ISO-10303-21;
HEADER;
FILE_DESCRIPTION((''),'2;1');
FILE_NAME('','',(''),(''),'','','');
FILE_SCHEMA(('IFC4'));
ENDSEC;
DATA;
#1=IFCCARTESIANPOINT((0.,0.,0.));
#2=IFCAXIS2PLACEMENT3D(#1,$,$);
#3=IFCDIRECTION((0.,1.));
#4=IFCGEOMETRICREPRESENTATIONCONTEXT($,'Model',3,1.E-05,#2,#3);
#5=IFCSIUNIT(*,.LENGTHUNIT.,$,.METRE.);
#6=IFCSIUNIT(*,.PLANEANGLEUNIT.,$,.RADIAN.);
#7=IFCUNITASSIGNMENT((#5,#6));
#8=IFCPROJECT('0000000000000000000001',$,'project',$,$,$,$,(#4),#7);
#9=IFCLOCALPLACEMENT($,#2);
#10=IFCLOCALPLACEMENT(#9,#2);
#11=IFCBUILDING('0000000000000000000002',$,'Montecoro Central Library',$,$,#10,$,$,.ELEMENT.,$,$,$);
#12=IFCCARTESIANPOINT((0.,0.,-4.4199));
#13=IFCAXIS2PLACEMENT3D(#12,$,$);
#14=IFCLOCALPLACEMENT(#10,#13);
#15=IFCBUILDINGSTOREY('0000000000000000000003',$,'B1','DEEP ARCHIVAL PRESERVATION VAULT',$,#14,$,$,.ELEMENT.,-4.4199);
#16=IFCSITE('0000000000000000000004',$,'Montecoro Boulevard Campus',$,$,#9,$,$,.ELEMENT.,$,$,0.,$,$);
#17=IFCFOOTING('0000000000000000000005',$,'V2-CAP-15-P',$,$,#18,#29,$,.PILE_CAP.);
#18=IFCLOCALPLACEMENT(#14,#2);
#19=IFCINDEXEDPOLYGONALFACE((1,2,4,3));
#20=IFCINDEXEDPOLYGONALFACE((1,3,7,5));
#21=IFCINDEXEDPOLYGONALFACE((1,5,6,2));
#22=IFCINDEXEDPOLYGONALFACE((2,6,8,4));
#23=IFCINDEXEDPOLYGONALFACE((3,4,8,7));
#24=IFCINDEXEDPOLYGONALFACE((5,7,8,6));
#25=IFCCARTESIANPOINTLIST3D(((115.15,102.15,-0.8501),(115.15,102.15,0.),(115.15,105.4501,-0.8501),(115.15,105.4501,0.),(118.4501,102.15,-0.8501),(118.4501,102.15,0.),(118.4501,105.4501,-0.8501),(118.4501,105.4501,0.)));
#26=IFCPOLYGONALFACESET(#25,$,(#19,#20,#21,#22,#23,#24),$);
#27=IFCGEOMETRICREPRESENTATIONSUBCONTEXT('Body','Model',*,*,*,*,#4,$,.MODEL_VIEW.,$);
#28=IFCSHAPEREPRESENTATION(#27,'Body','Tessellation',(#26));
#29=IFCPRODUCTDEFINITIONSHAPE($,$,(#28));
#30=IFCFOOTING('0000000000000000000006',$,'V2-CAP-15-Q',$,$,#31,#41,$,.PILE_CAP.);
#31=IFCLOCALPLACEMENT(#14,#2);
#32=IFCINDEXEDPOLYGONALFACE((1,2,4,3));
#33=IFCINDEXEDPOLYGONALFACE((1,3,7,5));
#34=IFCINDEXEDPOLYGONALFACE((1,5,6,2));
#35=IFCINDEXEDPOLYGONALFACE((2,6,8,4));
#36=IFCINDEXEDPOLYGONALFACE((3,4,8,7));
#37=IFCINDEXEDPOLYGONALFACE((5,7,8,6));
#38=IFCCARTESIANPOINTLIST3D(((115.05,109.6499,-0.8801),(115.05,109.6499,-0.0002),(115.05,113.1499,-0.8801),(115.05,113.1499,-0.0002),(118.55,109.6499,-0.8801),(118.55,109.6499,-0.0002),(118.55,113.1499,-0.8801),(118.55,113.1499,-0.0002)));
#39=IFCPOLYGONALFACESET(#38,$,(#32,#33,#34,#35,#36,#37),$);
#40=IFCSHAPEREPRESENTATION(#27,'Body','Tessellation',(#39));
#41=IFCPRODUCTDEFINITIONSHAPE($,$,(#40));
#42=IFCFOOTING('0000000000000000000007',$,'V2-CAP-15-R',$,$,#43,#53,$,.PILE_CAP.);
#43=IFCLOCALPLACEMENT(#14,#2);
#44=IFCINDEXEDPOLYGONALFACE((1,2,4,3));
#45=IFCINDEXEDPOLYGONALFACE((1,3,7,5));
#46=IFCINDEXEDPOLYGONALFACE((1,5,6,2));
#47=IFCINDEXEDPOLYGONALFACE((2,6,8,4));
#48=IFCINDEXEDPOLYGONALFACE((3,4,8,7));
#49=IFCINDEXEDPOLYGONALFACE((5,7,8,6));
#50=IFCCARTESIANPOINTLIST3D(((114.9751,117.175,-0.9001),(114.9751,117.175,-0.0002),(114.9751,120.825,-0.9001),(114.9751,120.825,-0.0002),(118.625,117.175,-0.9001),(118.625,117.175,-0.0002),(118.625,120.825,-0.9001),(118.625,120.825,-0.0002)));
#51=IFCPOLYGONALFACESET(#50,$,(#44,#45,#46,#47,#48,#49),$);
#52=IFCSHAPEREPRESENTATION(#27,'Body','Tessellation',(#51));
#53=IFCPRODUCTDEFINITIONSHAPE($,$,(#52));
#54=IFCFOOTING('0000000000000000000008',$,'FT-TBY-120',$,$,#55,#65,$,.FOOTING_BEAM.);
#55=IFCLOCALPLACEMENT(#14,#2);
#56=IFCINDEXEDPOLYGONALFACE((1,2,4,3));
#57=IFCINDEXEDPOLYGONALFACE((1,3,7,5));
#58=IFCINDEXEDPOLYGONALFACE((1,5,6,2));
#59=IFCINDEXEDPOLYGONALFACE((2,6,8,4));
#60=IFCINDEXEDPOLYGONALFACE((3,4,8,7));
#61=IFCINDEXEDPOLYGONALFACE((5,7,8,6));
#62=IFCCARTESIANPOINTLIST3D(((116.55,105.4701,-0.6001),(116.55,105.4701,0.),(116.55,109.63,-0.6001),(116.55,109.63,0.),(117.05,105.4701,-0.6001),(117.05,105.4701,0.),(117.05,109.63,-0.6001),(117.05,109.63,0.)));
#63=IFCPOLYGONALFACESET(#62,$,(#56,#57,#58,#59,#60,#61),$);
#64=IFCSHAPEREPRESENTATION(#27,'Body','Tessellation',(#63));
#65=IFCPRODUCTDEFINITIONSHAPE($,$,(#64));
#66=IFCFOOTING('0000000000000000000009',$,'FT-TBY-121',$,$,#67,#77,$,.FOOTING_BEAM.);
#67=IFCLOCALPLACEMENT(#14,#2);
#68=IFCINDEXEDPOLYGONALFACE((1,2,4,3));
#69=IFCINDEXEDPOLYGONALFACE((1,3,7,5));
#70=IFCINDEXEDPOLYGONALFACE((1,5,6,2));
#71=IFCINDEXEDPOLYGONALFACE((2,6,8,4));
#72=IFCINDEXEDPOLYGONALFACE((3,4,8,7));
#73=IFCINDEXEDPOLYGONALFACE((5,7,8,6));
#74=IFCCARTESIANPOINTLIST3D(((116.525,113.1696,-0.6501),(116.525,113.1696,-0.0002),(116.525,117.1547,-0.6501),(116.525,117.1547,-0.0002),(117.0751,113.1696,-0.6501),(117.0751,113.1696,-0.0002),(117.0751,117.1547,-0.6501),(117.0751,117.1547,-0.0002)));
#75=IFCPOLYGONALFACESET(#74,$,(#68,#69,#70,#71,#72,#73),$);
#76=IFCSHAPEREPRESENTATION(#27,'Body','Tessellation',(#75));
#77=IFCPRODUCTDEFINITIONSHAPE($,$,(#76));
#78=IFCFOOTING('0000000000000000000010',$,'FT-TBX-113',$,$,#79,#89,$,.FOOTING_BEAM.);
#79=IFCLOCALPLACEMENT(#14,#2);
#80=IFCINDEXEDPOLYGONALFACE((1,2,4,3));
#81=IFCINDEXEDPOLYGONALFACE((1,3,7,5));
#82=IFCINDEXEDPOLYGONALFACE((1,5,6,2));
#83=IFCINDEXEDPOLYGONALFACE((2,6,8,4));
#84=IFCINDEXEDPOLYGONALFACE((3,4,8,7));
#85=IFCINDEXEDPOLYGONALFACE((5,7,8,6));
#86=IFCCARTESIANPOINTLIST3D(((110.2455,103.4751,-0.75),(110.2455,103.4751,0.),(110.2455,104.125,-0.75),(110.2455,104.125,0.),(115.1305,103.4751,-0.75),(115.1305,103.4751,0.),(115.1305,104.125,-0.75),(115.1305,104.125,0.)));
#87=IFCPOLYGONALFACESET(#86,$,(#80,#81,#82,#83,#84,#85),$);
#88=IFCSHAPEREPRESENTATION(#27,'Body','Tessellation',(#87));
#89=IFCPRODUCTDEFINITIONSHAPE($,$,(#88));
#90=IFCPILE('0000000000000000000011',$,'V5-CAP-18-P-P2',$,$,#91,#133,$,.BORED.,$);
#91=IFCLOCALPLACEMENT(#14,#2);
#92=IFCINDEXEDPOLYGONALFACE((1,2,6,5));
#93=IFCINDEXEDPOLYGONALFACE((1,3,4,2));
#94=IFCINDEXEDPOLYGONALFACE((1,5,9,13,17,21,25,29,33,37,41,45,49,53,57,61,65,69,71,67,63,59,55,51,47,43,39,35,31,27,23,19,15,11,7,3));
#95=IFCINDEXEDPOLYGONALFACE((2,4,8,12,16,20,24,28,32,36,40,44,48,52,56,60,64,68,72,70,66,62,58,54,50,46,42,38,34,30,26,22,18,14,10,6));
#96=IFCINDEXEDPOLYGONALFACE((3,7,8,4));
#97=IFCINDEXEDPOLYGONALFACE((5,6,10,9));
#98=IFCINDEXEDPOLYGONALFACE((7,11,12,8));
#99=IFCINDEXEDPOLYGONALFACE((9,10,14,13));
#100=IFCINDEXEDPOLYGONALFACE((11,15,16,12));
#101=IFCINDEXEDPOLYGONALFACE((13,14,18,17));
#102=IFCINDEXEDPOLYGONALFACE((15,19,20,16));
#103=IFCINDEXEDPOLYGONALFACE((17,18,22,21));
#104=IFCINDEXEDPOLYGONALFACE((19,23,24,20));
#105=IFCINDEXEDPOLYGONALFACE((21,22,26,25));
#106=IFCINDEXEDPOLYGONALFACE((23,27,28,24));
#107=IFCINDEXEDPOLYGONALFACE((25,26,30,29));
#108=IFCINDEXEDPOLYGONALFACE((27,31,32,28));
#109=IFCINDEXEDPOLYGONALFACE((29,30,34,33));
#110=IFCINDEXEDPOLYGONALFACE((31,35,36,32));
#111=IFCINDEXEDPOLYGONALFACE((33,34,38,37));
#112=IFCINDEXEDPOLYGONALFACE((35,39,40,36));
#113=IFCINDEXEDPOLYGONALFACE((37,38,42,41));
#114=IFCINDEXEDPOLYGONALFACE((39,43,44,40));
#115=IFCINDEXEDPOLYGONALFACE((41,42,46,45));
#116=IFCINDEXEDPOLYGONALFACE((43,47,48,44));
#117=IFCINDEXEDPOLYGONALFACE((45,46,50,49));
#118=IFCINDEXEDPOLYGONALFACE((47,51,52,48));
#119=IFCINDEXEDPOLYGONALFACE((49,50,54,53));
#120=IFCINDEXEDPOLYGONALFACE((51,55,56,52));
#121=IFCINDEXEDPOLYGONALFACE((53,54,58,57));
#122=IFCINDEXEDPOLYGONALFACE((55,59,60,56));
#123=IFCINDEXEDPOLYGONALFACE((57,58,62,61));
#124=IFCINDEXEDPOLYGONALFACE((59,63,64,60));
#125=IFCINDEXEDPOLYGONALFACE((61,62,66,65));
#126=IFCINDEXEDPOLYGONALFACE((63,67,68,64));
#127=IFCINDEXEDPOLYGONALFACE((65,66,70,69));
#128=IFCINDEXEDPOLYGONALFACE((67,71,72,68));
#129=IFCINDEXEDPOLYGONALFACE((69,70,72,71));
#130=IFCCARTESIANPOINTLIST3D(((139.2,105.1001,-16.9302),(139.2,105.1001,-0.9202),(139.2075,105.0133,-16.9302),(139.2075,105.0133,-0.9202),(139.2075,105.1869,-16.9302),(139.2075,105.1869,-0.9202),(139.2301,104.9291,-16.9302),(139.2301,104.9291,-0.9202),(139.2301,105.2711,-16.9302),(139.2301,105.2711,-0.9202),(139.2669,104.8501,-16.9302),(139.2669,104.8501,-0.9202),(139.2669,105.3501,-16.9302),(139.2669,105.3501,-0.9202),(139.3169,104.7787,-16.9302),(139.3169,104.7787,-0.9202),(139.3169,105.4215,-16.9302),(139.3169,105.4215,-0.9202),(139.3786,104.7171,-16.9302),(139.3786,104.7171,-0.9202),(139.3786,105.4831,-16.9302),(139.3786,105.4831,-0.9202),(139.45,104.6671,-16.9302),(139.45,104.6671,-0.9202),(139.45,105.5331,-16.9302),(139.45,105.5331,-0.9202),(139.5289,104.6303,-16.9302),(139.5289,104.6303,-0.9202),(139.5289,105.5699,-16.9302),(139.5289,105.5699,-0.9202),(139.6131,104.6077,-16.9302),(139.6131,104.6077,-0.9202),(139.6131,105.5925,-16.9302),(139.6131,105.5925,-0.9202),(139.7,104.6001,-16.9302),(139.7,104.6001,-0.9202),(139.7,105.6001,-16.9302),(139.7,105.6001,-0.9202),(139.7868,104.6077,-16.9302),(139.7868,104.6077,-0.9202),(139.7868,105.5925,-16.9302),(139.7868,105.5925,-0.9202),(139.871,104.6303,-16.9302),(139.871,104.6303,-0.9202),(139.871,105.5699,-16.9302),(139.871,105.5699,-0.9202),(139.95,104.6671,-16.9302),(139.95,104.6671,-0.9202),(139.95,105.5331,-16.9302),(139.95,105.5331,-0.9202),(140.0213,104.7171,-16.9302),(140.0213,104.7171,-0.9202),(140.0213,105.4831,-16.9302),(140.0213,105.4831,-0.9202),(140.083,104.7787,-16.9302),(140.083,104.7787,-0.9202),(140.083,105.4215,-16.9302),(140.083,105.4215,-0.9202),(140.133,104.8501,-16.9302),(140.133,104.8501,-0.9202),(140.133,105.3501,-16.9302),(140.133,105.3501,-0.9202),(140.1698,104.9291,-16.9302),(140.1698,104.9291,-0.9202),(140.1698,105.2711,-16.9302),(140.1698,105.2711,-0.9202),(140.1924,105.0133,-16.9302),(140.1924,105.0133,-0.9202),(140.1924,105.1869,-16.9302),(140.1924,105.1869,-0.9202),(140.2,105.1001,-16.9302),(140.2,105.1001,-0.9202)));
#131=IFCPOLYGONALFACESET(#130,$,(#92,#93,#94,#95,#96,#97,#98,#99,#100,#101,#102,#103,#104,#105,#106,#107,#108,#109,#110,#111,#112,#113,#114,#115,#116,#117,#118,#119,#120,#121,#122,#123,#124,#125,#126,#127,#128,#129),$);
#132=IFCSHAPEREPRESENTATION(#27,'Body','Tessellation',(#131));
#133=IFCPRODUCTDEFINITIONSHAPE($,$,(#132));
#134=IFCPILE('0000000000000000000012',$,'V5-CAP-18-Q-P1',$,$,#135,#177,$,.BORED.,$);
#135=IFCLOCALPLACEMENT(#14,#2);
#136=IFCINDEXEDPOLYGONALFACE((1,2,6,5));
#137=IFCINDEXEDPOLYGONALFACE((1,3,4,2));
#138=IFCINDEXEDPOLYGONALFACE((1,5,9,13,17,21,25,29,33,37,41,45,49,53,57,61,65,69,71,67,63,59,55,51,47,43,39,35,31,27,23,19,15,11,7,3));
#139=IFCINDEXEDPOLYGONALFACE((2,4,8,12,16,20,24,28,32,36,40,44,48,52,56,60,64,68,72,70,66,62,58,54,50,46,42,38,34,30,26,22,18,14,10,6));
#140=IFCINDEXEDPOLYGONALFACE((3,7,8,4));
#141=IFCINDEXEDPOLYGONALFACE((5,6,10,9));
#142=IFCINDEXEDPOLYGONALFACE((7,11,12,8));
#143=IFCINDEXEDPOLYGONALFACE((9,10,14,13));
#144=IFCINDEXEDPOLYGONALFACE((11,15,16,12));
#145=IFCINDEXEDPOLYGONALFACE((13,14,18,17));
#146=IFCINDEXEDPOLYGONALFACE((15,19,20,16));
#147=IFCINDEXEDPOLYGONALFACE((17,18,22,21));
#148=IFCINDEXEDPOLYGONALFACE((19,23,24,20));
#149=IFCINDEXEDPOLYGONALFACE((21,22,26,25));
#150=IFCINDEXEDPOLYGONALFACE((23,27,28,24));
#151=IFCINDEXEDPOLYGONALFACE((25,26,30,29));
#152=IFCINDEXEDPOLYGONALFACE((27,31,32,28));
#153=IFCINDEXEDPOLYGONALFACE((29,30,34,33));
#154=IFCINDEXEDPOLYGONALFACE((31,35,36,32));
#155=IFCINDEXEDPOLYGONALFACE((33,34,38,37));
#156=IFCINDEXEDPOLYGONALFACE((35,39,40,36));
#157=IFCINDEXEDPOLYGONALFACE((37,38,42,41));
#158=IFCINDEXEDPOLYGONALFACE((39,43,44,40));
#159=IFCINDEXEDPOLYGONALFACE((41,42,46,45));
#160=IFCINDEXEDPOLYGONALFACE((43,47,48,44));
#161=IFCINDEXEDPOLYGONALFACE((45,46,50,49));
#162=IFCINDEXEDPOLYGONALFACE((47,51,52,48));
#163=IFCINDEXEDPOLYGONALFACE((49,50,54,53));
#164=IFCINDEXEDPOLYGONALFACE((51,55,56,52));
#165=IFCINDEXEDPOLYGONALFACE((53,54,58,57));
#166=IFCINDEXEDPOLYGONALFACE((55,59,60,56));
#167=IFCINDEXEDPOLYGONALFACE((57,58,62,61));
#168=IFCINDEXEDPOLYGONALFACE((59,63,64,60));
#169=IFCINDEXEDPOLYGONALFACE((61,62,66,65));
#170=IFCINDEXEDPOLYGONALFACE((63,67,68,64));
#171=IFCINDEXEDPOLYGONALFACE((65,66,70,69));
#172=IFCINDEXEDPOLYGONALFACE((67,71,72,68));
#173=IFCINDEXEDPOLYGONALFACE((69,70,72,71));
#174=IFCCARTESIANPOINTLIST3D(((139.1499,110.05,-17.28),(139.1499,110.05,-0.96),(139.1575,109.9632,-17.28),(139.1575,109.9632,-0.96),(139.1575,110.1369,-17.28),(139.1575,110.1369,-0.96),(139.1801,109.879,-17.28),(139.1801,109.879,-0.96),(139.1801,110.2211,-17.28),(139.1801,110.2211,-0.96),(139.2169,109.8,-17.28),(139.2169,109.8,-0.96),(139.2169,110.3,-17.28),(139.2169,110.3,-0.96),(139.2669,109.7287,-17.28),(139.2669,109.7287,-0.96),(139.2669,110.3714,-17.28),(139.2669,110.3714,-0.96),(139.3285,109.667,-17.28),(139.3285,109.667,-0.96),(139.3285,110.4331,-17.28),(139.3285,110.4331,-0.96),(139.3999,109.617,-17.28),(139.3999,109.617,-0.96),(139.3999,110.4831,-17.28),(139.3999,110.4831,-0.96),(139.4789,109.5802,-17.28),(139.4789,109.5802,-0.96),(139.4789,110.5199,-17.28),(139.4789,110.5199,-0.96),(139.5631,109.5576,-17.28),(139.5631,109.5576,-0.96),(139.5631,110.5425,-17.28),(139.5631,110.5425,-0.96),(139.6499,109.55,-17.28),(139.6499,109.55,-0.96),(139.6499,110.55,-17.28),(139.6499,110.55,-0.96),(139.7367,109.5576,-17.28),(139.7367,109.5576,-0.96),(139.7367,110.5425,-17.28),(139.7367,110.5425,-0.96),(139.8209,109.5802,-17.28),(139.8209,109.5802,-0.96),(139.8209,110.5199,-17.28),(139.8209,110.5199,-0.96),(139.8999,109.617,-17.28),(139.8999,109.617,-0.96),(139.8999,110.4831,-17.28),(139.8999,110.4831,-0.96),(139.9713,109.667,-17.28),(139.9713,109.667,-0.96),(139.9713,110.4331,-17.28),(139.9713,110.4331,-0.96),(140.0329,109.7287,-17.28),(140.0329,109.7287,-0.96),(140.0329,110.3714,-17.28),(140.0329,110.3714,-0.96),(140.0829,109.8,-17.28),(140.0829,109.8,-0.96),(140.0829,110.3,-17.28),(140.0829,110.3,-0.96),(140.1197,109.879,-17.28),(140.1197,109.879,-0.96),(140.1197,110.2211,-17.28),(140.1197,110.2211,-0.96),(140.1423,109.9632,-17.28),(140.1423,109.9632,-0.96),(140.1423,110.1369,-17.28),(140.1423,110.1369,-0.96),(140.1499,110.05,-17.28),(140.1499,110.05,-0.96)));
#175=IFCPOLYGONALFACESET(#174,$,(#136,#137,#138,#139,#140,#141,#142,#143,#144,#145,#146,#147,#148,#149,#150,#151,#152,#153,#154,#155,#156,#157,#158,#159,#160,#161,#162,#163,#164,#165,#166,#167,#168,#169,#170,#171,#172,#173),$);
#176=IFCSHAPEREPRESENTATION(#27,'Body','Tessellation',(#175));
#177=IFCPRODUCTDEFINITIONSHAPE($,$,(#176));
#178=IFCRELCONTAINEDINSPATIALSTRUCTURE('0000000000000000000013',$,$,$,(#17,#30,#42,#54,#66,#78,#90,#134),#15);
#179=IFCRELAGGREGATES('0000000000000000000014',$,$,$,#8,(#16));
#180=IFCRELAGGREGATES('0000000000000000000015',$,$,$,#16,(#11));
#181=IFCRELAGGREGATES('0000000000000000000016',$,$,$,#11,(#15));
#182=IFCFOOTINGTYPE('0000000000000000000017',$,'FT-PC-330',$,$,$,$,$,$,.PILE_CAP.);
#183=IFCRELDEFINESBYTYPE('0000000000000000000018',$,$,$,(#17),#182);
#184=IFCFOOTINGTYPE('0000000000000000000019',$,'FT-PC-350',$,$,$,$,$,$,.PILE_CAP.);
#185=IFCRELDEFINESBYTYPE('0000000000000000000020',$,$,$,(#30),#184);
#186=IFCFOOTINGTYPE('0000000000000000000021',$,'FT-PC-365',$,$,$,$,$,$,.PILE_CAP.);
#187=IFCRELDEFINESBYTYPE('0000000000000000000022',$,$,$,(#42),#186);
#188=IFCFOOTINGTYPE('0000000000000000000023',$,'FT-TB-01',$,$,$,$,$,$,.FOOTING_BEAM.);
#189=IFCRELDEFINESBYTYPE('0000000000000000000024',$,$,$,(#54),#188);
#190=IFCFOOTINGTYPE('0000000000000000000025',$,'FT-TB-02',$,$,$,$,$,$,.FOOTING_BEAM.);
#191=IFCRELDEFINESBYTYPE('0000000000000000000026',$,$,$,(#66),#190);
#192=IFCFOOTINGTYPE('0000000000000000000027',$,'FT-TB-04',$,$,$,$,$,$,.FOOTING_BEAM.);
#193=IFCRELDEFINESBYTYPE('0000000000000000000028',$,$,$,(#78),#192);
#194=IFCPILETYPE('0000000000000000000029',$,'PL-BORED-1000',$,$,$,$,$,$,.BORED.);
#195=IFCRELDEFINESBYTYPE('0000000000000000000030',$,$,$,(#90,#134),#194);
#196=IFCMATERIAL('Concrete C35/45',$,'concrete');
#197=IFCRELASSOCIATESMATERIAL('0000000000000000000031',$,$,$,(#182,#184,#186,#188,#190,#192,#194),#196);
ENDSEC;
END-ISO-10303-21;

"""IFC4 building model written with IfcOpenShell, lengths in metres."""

from ifc_helpers import new_model, si_unit, direction, frame, origin, origin_2d, place, context, subcontext, project, spatial, rectangle, circle, extrude, material, material_profile, profile_set, type_object, element, save


model = new_model("IFC4")

# Units and contexts
model_context = context("Model", 3, precision=1e-05, world=origin(), true_north=direction((0.0, 1.0)))
body_context = subcontext(model_context, "Body", "Model", "MODEL_VIEW")
ifc_project = project(units=[si_unit("LENGTHUNIT", "METRE"), si_unit("PLANEANGLEUNIT", "RADIAN")], contexts=[model_context])

# Site, building, storey
site_placement = place(None, origin())
site = spatial("IfcSite", under=ifc_project, at=site_placement, Name="Montecoro Boulevard Campus", CompositionType="ELEMENT", RefElevation=0.0)
building_placement = place(site_placement, origin())
building = spatial("IfcBuilding", under=site, at=building_placement, Name="Montecoro Central Library", CompositionType="ELEMENT")
storey_placement = place(building_placement, frame((0.0, 0.0, -4.4199)))
storey = spatial("IfcBuildingStorey", under=building, at=storey_placement, Name="B1", Description="DEEP ARCHIVAL PRESERVATION VAULT", CompositionType="ELEMENT", Elevation=-4.4199)

# Footings
ifc_material_1 = material(Name="Concrete C35/45", Category="concrete")
footing_type_1 = type_object("IfcFootingType", Name="FT-PC-330", PredefinedType="PILE_CAP", material=ifc_material_1)
footing_1_placement = place(storey_placement, frame((116.8, 103.8, -0.8501), z_axis=(0.0, 0.0, 1.0), x_axis=(1.0, 0.0, 0.0)))
element("IfcFooting", 1, at=footing_1_placement, inside=storey, type_object=footing_type_1, Name="V2-CAP-15-P", PredefinedType="PILE_CAP", context=body_context, shape_type="SweptSolid", body=[
    extrude(rectangle(XDim=3.3, YDim=3.3, at=origin_2d()), origin(), (0.0, 0.0, 1.0), 0.8501),
])
footing_type_2 = type_object("IfcFootingType", Name="FT-PC-350", PredefinedType="PILE_CAP", material=ifc_material_1)
footing_2_placement = place(storey_placement, frame((116.8, 111.3999, -0.8801), z_axis=(0.0, 0.0, 1.0), x_axis=(1.0, 0.0, 0.0)))
element("IfcFooting", 2, at=footing_2_placement, inside=storey, type_object=footing_type_2, Name="V2-CAP-15-Q", PredefinedType="PILE_CAP", context=body_context, shape_type="SweptSolid", body=[
    extrude(rectangle(XDim=3.5, YDim=3.5, at=origin_2d()), origin(), (0.0, 0.0, 1.0), 0.8799),
])
footing_type_3 = type_object("IfcFootingType", Name="FT-PC-365", PredefinedType="PILE_CAP", material=ifc_material_1)
footing_3_placement = place(storey_placement, frame((116.8, 119.0, -0.9001), z_axis=(0.0, 0.0, 1.0), x_axis=(1.0, 0.0, 0.0)))
element("IfcFooting", 3, at=footing_3_placement, inside=storey, type_object=footing_type_3, Name="V2-CAP-15-R", PredefinedType="PILE_CAP", context=body_context, shape_type="SweptSolid", body=[
    extrude(rectangle(XDim=3.6499, YDim=3.6499, at=origin_2d()), origin(), (0.0, 0.0, 1.0), 0.8999),
])
footing_type_4 = type_object("IfcFootingType", Name="FT-TB-01", PredefinedType="FOOTING_BEAM", material=ifc_material_1)
footing_4_placement = place(storey_placement, frame((116.8, 107.55, -0.6001), z_axis=(0.0, 0.0, 1.0), x_axis=(1.0, 0.0, 0.0)))
element("IfcFooting", 4, at=footing_4_placement, inside=storey, type_object=footing_type_4, Name="FT-TBY-120", PredefinedType="FOOTING_BEAM", context=body_context, shape_type="SweptSolid", body=[
    extrude(rectangle(XDim=0.5, YDim=4.1599, at=origin_2d()), origin(), (0.0, 0.0, 1.0), 0.6001),
])
footing_type_5 = type_object("IfcFootingType", Name="FT-TB-02", PredefinedType="FOOTING_BEAM", material=ifc_material_1)
footing_5_placement = place(storey_placement, frame((116.8, 115.1621, -0.6501), z_axis=(0.0, 0.0, 1.0), x_axis=(1.0, 0.0, 0.0)))
element("IfcFooting", 5, at=footing_5_placement, inside=storey, type_object=footing_type_5, Name="FT-TBY-121", PredefinedType="FOOTING_BEAM", context=body_context, shape_type="SweptSolid", body=[
    extrude(rectangle(XDim=0.55, YDim=3.9851, at=origin_2d()), origin(), (0.0, 0.0, 1.0), 0.6499),
])
footing_type_6 = type_object("IfcFootingType", Name="FT-TB-04", PredefinedType="FOOTING_BEAM", material=ifc_material_1)
footing_6_placement = place(storey_placement, frame((112.688, 103.8, -0.75), z_axis=(0.0, 0.0, 1.0), x_axis=(1.0, 0.0, 0.0)))
element("IfcFooting", 6, at=footing_6_placement, inside=storey, type_object=footing_type_6, Name="FT-TBX-113", PredefinedType="FOOTING_BEAM", context=body_context, shape_type="SweptSolid", body=[
    extrude(rectangle(XDim=4.885, YDim=0.6499, at=origin_2d()), origin(), (0.0, 0.0, 1.0), 0.75),
])

# Piles
ifc_material_profile_1 = material_profile(ifc_material_1, circle(Radius=0.5, at=origin_2d()), Name="PILE D1000")
ifc_profile_set_1 = profile_set([ifc_material_profile_1], Name="Concrete C35/45")
pile_type_1 = type_object("IfcPileType", Name="PL-BORED-1000", PredefinedType="BORED", material=ifc_profile_set_1)
pile_placement = place(storey_placement, frame((139.7, 105.1001, -0.9202), z_axis=(0.0, 0.0, -1.0), x_axis=(1.0, 0.0, 0.0)))
element("IfcPile", 7, at=pile_placement, inside=storey, type_object=pile_type_1, Name="V5-CAP-18-P-P2", PredefinedType="BORED", context=body_context, shape_type="SweptSolid", body=[
    extrude(circle(Radius=0.5, at=origin_2d()), origin(), (0.0, 0.0, 1.0), 16.01),
])
for number, where, z_axis, x_axis, name in (
    (8, (139.6499, 110.05, -0.96), (0.0, 0.0, -1.0), (1.0, 0.0, 0.0), "V5-CAP-18-Q-P1"),
):
    element("IfcPile", number, at=place(storey_placement, frame(where, z_axis=z_axis, x_axis=x_axis)), inside=storey, type_object=pile_type_1, Name=name, PredefinedType="BORED", context=body_context, shape_type="SweptSolid", body=[
        extrude(circle(Radius=0.5, at=origin_2d()), origin(), (0.0, 0.0, 1.0), 16.3201),
    ])

save(model, "model.ifc")
